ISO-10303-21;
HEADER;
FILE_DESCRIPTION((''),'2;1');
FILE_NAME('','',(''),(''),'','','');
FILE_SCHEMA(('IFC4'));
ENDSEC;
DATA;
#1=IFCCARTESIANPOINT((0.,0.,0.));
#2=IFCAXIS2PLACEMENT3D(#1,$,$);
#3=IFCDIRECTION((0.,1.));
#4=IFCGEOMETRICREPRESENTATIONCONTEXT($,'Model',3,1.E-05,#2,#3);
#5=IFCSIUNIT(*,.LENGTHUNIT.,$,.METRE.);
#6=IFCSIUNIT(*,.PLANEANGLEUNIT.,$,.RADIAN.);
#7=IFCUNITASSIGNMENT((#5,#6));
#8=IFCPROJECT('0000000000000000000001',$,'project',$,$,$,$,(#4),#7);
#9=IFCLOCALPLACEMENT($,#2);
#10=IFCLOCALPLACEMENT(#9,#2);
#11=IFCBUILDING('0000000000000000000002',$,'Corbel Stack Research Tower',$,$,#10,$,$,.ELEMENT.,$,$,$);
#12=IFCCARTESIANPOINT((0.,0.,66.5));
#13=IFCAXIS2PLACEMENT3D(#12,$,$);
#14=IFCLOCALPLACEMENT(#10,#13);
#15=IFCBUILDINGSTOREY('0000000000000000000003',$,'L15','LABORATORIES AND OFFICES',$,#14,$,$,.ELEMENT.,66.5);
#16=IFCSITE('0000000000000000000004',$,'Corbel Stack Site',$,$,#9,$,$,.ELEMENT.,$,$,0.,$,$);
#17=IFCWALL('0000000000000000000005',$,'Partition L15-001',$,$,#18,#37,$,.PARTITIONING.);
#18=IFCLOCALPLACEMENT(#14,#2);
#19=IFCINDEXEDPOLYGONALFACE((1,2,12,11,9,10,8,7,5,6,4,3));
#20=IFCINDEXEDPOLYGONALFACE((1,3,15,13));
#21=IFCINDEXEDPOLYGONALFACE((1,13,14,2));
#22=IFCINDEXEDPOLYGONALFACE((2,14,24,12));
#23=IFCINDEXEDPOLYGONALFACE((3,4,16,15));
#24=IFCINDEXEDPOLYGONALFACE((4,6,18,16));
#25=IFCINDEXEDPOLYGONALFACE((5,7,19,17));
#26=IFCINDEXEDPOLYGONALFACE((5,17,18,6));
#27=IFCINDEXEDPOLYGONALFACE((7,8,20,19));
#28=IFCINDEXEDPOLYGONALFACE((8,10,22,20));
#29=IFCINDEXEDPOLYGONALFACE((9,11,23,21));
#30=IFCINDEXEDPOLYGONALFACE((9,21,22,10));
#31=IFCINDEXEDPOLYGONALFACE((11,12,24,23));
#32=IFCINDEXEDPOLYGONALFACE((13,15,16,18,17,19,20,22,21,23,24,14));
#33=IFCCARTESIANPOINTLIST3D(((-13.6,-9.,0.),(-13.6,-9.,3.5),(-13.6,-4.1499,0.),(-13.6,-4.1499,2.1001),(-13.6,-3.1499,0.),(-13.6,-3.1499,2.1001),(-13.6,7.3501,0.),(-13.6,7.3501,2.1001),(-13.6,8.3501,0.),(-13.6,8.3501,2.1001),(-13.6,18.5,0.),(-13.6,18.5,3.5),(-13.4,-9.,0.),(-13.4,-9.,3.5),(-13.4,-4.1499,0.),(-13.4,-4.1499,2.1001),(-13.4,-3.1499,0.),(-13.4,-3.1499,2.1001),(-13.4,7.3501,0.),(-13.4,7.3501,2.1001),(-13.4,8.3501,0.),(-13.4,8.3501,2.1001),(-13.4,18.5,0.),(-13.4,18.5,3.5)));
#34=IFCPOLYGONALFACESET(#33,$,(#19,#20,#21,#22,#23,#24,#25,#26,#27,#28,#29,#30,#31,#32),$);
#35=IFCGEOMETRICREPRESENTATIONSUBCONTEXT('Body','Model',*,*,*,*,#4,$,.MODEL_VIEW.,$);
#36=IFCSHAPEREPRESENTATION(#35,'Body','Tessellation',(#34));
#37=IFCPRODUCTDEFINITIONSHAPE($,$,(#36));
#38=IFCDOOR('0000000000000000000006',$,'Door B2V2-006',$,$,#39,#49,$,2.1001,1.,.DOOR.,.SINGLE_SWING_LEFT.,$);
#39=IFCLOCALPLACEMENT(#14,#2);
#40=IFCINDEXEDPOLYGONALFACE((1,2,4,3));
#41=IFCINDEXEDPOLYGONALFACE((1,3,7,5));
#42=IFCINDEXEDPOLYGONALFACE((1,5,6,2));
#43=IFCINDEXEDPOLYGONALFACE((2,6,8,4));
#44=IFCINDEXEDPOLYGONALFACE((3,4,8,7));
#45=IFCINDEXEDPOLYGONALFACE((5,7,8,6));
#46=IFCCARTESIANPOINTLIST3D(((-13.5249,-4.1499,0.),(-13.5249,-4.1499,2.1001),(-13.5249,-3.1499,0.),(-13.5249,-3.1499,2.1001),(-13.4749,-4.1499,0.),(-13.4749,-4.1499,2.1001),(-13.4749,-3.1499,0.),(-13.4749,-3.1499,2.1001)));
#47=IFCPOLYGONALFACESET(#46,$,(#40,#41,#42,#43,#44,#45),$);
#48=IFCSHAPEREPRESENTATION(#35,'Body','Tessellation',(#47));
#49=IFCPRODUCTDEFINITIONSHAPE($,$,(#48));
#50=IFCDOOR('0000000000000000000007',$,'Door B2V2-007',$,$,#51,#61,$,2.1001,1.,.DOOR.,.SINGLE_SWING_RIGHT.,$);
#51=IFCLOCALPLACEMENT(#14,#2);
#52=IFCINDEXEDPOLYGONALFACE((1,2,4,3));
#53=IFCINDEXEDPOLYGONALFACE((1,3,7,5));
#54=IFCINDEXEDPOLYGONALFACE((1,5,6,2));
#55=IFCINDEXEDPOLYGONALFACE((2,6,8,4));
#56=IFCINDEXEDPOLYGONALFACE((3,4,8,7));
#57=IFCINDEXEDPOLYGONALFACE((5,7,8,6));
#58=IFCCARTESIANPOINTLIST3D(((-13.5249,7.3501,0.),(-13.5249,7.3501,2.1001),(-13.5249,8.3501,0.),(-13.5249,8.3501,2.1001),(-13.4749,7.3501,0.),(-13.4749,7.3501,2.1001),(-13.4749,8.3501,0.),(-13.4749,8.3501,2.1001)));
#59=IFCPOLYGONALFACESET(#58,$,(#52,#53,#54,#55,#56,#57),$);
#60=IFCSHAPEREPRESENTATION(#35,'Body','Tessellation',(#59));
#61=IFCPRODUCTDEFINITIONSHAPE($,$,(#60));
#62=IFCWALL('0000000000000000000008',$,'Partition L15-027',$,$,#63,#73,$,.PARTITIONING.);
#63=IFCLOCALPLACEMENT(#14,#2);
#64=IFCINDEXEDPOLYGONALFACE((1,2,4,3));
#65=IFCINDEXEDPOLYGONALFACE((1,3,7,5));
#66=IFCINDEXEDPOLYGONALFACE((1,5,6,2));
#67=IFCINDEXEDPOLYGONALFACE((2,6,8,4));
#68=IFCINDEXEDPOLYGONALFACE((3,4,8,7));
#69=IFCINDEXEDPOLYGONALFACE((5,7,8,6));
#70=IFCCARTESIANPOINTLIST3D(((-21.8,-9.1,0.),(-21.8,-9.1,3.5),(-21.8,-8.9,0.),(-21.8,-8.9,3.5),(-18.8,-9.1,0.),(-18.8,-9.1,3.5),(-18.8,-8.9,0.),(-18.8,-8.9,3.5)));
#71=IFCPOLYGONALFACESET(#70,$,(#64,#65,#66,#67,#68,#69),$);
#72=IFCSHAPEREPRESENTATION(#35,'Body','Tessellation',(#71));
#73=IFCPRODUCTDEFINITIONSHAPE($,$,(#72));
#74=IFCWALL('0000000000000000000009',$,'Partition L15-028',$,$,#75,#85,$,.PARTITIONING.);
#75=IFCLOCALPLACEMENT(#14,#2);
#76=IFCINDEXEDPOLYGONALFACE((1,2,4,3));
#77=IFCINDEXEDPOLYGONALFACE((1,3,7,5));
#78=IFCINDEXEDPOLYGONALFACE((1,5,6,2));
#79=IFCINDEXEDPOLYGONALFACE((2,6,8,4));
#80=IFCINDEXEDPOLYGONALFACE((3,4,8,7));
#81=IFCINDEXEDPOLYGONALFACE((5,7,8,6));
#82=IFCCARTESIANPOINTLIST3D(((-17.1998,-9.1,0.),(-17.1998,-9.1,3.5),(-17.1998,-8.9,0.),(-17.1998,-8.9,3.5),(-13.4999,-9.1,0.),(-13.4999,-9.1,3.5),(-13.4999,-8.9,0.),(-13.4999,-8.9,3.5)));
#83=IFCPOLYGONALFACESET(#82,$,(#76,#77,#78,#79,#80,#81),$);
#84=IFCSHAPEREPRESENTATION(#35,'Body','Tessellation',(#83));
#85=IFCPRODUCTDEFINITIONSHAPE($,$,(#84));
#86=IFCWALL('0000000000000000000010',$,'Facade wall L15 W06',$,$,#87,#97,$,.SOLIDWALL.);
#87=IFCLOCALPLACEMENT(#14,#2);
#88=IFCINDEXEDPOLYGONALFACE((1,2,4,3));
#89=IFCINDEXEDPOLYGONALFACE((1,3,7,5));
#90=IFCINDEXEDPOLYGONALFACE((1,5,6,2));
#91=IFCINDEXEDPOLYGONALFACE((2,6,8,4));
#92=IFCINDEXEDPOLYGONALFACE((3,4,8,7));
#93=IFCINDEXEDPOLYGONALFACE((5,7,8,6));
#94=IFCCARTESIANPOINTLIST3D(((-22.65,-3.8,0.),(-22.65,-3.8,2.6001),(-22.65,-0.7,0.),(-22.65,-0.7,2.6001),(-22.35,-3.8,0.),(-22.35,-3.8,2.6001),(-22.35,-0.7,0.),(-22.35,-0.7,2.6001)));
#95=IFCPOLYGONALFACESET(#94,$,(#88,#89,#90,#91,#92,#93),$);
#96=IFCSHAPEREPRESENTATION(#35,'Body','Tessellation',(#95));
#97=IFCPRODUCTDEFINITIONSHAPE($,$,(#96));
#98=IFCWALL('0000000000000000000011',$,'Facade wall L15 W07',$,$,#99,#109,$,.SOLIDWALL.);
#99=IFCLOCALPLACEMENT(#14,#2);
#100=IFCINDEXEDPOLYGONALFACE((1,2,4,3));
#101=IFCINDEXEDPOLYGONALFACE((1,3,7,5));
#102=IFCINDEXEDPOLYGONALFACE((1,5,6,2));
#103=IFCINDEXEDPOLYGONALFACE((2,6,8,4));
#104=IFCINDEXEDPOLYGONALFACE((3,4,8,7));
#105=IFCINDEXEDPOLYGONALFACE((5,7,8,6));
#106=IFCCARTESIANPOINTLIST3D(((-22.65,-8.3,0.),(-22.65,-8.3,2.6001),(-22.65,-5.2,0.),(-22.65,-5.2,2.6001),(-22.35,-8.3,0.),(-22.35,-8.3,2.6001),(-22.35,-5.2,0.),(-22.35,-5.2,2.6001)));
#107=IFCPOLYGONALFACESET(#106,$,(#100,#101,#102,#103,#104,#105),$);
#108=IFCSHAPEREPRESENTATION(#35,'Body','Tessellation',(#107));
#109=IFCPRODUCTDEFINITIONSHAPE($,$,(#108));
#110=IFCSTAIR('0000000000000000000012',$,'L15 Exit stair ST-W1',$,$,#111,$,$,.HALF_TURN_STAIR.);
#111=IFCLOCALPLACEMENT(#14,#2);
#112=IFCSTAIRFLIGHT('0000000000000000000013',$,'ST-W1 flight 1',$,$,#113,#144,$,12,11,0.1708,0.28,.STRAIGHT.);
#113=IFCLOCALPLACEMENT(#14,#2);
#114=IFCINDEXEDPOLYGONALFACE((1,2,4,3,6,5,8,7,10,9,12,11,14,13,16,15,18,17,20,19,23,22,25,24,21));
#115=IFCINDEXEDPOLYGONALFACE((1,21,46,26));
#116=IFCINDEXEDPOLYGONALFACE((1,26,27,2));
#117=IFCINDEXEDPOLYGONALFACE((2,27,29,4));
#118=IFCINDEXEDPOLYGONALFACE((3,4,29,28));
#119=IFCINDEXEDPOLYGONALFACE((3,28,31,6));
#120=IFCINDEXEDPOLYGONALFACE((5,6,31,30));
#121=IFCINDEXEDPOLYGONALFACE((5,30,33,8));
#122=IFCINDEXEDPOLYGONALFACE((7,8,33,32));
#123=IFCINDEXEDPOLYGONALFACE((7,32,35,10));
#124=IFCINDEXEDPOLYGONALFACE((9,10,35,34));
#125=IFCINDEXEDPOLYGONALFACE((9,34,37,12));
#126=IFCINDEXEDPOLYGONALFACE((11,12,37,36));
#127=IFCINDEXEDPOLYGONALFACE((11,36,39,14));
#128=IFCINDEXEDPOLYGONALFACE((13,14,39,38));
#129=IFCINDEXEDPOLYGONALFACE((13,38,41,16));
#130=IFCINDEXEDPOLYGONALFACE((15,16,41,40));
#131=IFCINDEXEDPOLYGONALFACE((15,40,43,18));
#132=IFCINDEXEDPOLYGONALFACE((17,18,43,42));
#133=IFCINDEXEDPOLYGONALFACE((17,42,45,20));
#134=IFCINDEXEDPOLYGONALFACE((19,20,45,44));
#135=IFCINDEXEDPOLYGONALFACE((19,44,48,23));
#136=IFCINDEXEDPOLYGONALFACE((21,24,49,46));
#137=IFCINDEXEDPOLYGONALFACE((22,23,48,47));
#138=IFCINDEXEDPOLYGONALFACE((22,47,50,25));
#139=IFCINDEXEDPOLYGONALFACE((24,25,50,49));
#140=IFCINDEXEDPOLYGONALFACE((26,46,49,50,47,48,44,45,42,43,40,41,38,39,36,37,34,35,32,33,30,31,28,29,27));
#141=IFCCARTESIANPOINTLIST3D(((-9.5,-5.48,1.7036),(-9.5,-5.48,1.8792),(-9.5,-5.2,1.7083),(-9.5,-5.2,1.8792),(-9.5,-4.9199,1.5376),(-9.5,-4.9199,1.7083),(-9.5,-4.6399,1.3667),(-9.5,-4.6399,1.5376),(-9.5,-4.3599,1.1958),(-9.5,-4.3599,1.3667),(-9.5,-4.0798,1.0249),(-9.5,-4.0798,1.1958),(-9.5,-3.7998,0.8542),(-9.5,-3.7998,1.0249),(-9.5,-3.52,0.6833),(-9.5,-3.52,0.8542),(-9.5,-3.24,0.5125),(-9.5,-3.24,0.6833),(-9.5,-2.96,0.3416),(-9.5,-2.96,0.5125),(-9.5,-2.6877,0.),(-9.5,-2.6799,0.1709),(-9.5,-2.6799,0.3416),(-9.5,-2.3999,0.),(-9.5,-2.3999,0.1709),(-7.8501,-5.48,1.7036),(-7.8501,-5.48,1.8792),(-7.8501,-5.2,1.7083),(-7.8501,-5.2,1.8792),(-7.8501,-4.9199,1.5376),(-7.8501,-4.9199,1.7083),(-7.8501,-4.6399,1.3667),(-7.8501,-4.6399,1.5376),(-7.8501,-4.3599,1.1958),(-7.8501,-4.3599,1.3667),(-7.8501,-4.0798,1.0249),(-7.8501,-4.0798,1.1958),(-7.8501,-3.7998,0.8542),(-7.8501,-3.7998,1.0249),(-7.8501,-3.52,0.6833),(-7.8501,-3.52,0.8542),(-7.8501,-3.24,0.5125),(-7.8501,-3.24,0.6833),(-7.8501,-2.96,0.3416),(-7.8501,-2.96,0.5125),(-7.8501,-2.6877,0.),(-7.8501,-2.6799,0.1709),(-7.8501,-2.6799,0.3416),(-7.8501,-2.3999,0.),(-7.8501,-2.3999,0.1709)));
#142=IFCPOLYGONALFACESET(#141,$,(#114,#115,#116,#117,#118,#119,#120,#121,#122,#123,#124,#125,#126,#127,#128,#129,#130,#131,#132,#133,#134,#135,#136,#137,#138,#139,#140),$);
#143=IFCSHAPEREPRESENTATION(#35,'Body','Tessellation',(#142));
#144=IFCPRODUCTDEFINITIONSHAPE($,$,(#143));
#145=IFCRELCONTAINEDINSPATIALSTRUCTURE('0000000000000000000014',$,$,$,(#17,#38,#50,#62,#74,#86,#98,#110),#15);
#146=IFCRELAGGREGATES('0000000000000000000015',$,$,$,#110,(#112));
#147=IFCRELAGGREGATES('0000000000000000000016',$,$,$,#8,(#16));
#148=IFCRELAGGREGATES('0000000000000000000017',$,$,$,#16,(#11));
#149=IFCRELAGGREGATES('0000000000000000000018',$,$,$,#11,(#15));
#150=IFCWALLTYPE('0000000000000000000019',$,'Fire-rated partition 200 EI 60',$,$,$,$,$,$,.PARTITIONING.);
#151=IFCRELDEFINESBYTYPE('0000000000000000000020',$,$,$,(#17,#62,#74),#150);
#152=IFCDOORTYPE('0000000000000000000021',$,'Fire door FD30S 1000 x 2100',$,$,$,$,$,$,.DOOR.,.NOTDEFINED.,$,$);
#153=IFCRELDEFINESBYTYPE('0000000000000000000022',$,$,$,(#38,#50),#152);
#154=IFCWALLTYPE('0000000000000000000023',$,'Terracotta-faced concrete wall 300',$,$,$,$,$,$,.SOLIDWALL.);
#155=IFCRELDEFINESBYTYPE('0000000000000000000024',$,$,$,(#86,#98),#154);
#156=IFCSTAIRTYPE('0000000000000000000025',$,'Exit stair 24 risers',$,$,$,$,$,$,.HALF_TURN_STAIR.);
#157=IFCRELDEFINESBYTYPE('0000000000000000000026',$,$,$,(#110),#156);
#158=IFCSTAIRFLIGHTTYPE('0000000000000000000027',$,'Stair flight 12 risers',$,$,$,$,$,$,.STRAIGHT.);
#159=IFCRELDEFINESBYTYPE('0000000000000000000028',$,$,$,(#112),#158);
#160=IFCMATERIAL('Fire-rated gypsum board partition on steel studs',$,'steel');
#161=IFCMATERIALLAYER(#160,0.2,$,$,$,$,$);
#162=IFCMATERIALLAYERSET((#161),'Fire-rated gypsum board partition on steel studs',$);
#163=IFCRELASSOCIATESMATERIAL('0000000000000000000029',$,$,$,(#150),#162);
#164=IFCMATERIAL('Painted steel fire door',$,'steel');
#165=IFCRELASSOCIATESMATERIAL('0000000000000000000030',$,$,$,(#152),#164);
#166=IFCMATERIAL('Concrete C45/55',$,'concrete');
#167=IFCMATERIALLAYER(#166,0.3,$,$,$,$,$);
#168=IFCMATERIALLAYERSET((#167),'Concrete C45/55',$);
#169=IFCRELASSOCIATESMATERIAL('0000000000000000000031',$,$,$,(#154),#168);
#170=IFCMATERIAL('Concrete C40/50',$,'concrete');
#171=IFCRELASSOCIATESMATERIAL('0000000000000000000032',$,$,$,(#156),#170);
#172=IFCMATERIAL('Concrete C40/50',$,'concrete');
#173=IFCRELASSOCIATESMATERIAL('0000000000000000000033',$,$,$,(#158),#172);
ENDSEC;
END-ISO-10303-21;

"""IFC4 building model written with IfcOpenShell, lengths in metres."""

from ifc_helpers import new_model, si_unit, direction, frame, frame_2d, origin, place, context, subcontext, project, spatial, polyline, rectangle, outline, extrude, material, layer, layer_set, type_object, element, fill, aggregate, save


model = new_model("IFC4")

# Units and contexts
model_context = context("Model", 3, precision=1e-05, world=origin(), true_north=direction((0.0, 1.0)))
body_context = subcontext(model_context, "Body", "Model", "MODEL_VIEW")
ifc_project = project(units=[si_unit("LENGTHUNIT", "METRE"), si_unit("PLANEANGLEUNIT", "RADIAN")], contexts=[model_context])

# Site, building, storey
site_placement = place(None, origin())
site = spatial("IfcSite", under=ifc_project, at=site_placement, Name="Corbel Stack Site", CompositionType="ELEMENT", RefElevation=0.0)
building_placement = place(site_placement, origin())
building = spatial("IfcBuilding", under=site, at=building_placement, Name="Corbel Stack Research Tower", CompositionType="ELEMENT")
storey_placement = place(building_placement, frame((0.0, 0.0, 66.5)))
storey = spatial("IfcBuildingStorey", under=building, at=storey_placement, Name="L15", Description="LABORATORIES AND OFFICES", CompositionType="ELEMENT", Elevation=66.5)

# Wall, openings, doors
ifc_material_1 = material(Name="Fire-rated gypsum board partition on steel studs", Category="steel")
ifc_layer_1 = layer(ifc_material_1, 0.2)
ifc_layer_set_1 = layer_set([ifc_layer_1], Name="Fire-rated gypsum board partition on steel studs")
wall_type_1 = type_object("IfcWallType", Name="Fire-rated partition 200 EI 60", PredefinedType="PARTITIONING", material=ifc_layer_set_1)
wall_1_placement = place(storey_placement, frame((-13.5, -9.0, 0.0), z_axis=(0.0, 0.0, 1.0), x_axis=(0.0, 1.0, 0.0)))
wall_1 = element("IfcWall", 1, at=wall_1_placement, inside=storey, type_object=wall_type_1, Name="Partition L15-001", PredefinedType="PARTITIONING", context=body_context, shape_type="SweptSolid", body=[
    extrude(rectangle(XDim=27.5, YDim=0.2, at=frame_2d((13.75, 0.0))), origin(), (0.0, 0.0, 1.0), 3.5),
])
opening_1_placement = place(wall_1_placement, frame((4.8501, 0.0, 0.0)))
opening_1 = element("IfcOpeningElement", 2, at=opening_1_placement, cuts=wall_1, PredefinedType="OPENING", context=body_context, shape_type="SweptSolid", body=[
    extrude(rectangle(XDim=1.0, YDim=2.1001, at=frame_2d((0.5, 1.05))), frame((0.0, 0.1099, 0.0), z_axis=(0.0, -1.0, 0.0), x_axis=(1.0, 0.0, 0.0)), (0.0, 0.0, 1.0), 0.22),
])
opening_2_placement = place(wall_1_placement, frame((16.3501, 0.0, 0.0)))
opening_2 = element("IfcOpeningElement", 3, at=opening_2_placement, cuts=wall_1, PredefinedType="OPENING", context=body_context, shape_type="SweptSolid", body=[
    extrude(rectangle(XDim=1.0, YDim=2.1001, at=frame_2d((0.5, 1.05))), frame((0.0, 0.1099, 0.0), z_axis=(0.0, -1.0, 0.0), x_axis=(1.0, 0.0, 0.0)), (0.0, 0.0, 1.0), 0.22),
])
ifc_material_2 = material(Name="Painted steel fire door", Category="steel")
door_type_1 = type_object("IfcDoorType", Name="Fire door FD30S 1000 x 2100", OperationType="NOTDEFINED", PredefinedType="DOOR", material=ifc_material_2)
door_1_placement = place(opening_1_placement, origin())
door_1 = element("IfcDoor", 4, at=door_1_placement, inside=storey, type_object=door_type_1, Name="Door B2V2-006", OperationType="SINGLE_SWING_LEFT", OverallHeight=2.1001, OverallWidth=1.0, PredefinedType="DOOR", context=body_context, shape_type="SweptSolid", body=[
    extrude(rectangle(XDim=1.0, YDim=2.1001, at=frame_2d((0.5, 1.05))), frame((0.0, 0.0249, 0.0), z_axis=(0.0, -1.0, 0.0), x_axis=(1.0, 0.0, 0.0)), (0.0, 0.0, 1.0), 0.05),
])
fill(opening_1, door_1)
door_2_placement = place(opening_2_placement, origin())
door_2 = element("IfcDoor", 5, at=door_2_placement, inside=storey, type_object=door_type_1, Name="Door B2V2-007", OperationType="SINGLE_SWING_RIGHT", OverallHeight=2.1001, OverallWidth=1.0, PredefinedType="DOOR", context=body_context, shape_type="SweptSolid", body=[
    extrude(rectangle(XDim=1.0, YDim=2.1001, at=frame_2d((0.5, 1.05))), frame((0.0, 0.0249, 0.0), z_axis=(0.0, -1.0, 0.0), x_axis=(1.0, 0.0, 0.0)), (0.0, 0.0, 1.0), 0.05),
])
fill(opening_2, door_2)

# Walls
wall_2_placement = place(storey_placement, frame((-21.8, -9.0, 0.0), z_axis=(0.0, 0.0, 1.0), x_axis=(1.0, 0.0, 0.0)))
element("IfcWall", 6, at=wall_2_placement, inside=storey, type_object=wall_type_1, Name="Partition L15-027", PredefinedType="PARTITIONING", context=body_context, shape_type="SweptSolid", body=[
    extrude(rectangle(XDim=3.0, YDim=0.2, at=frame_2d((1.5, 0.0))), origin(), (0.0, 0.0, 1.0), 3.5),
])
wall_3_placement = place(storey_placement, frame((-17.2, -9.0, 0.0), z_axis=(0.0, 0.0, 1.0), x_axis=(1.0, 0.0, 0.0)))
element("IfcWall", 7, at=wall_3_placement, inside=storey, type_object=wall_type_1, Name="Partition L15-028", PredefinedType="PARTITIONING", context=body_context, shape_type="SweptSolid", body=[
    extrude(rectangle(XDim=3.7, YDim=0.2, at=frame_2d((1.8501, 0.0))), origin(), (0.0, 0.0, 1.0), 3.5),
])
ifc_material_3 = material(Name="Concrete C45/55", Category="concrete")
ifc_layer_2 = layer(ifc_material_3, 0.3)
ifc_layer_set_2 = layer_set([ifc_layer_2], Name="Concrete C45/55")
wall_type_2 = type_object("IfcWallType", Name="Terracotta-faced concrete wall 300", PredefinedType="SOLIDWALL", material=ifc_layer_set_2)
for number, where, z_axis, x_axis, name in (
    (8, (-22.5, -3.8, 0.0), (0.0, 0.0, 1.0), (0.0, 1.0, 0.0), "Facade wall L15 W06"),
    (9, (-22.5, -8.3, 0.0), (0.0, 0.0, 1.0), (0.0, 1.0, 0.0), "Facade wall L15 W07"),
):
    element("IfcWall", number, at=place(storey_placement, frame(where, z_axis=z_axis, x_axis=x_axis)), inside=storey, type_object=wall_type_2, Name=name, PredefinedType="SOLIDWALL", context=body_context, shape_type="SweptSolid", body=[
        extrude(rectangle(XDim=3.1001, YDim=0.3, at=frame_2d((1.55, 0.0))), origin(), (0.0, 0.0, 1.0), 2.6001),
    ])

# Stair, stair flight
ifc_material_4 = material(Name="Concrete C40/50", Category="concrete")
stair_type = type_object("IfcStairType", Name="Exit stair 24 risers", PredefinedType="HALF_TURN_STAIR", material=ifc_material_4)
stair_placement = place(storey_placement, origin())
stair = element("IfcStair", 10, at=stair_placement, inside=storey, type_object=stair_type, Name="L15 Exit stair ST-W1", PredefinedType="HALF_TURN_STAIR")
ifc_material_5 = material(Name="Concrete C40/50", Category="concrete")
stair_flight_type = type_object("IfcStairFlightType", Name="Stair flight 12 risers", PredefinedType="STRAIGHT", material=ifc_material_5)
stair_flight_placement = place(storey_placement, frame((-8.675, -2.3999, 0.0), z_axis=(0.0, 0.0, 1.0), x_axis=(0.0, -1.0, 0.0)))
stair_flight = element("IfcStairFlight", 11, at=stair_flight_placement, type_object=stair_flight_type, Name="ST-W1 flight 1", NumberOfRisers=12, NumberOfTreads=11, PredefinedType="STRAIGHT", RiserHeight=0.1708, TreadLength=0.28, context=body_context, shape_type="SweptSolid", body=[
    extrude(outline(polyline([(0.0, 0.0), (0.0, 0.1709), (0.28, 0.1709), (0.28, 0.3416), (0.5601, 0.3416), (0.5601, 0.5125), (0.8401, 0.5125), (0.8401, 0.6833), (1.1201, 0.6833), (1.1201, 0.8542), (1.3999, 0.8542), (1.3999, 1.0249), (1.6799, 1.0249), (1.6799, 1.1958), (1.96, 1.1958), (1.96, 1.3667), (2.24, 1.3667), (2.24, 1.5376), (2.52, 1.5376), (2.52, 1.7083), (2.8, 1.7083), (2.8, 1.8792), (3.0801, 1.8792), (3.0801, 2.05), (3.0801, 1.7036), (0.2878, 0.0), (0.0, 0.0)])), frame((0.0, 0.825, 0.0), z_axis=(0.0, -1.0, 0.0), x_axis=(1.0, 0.0, 0.0)), (0.0, 0.0, 1.0), 1.6499),
])
aggregate(stair, [stair_flight])

save(model, "model.ifc")
